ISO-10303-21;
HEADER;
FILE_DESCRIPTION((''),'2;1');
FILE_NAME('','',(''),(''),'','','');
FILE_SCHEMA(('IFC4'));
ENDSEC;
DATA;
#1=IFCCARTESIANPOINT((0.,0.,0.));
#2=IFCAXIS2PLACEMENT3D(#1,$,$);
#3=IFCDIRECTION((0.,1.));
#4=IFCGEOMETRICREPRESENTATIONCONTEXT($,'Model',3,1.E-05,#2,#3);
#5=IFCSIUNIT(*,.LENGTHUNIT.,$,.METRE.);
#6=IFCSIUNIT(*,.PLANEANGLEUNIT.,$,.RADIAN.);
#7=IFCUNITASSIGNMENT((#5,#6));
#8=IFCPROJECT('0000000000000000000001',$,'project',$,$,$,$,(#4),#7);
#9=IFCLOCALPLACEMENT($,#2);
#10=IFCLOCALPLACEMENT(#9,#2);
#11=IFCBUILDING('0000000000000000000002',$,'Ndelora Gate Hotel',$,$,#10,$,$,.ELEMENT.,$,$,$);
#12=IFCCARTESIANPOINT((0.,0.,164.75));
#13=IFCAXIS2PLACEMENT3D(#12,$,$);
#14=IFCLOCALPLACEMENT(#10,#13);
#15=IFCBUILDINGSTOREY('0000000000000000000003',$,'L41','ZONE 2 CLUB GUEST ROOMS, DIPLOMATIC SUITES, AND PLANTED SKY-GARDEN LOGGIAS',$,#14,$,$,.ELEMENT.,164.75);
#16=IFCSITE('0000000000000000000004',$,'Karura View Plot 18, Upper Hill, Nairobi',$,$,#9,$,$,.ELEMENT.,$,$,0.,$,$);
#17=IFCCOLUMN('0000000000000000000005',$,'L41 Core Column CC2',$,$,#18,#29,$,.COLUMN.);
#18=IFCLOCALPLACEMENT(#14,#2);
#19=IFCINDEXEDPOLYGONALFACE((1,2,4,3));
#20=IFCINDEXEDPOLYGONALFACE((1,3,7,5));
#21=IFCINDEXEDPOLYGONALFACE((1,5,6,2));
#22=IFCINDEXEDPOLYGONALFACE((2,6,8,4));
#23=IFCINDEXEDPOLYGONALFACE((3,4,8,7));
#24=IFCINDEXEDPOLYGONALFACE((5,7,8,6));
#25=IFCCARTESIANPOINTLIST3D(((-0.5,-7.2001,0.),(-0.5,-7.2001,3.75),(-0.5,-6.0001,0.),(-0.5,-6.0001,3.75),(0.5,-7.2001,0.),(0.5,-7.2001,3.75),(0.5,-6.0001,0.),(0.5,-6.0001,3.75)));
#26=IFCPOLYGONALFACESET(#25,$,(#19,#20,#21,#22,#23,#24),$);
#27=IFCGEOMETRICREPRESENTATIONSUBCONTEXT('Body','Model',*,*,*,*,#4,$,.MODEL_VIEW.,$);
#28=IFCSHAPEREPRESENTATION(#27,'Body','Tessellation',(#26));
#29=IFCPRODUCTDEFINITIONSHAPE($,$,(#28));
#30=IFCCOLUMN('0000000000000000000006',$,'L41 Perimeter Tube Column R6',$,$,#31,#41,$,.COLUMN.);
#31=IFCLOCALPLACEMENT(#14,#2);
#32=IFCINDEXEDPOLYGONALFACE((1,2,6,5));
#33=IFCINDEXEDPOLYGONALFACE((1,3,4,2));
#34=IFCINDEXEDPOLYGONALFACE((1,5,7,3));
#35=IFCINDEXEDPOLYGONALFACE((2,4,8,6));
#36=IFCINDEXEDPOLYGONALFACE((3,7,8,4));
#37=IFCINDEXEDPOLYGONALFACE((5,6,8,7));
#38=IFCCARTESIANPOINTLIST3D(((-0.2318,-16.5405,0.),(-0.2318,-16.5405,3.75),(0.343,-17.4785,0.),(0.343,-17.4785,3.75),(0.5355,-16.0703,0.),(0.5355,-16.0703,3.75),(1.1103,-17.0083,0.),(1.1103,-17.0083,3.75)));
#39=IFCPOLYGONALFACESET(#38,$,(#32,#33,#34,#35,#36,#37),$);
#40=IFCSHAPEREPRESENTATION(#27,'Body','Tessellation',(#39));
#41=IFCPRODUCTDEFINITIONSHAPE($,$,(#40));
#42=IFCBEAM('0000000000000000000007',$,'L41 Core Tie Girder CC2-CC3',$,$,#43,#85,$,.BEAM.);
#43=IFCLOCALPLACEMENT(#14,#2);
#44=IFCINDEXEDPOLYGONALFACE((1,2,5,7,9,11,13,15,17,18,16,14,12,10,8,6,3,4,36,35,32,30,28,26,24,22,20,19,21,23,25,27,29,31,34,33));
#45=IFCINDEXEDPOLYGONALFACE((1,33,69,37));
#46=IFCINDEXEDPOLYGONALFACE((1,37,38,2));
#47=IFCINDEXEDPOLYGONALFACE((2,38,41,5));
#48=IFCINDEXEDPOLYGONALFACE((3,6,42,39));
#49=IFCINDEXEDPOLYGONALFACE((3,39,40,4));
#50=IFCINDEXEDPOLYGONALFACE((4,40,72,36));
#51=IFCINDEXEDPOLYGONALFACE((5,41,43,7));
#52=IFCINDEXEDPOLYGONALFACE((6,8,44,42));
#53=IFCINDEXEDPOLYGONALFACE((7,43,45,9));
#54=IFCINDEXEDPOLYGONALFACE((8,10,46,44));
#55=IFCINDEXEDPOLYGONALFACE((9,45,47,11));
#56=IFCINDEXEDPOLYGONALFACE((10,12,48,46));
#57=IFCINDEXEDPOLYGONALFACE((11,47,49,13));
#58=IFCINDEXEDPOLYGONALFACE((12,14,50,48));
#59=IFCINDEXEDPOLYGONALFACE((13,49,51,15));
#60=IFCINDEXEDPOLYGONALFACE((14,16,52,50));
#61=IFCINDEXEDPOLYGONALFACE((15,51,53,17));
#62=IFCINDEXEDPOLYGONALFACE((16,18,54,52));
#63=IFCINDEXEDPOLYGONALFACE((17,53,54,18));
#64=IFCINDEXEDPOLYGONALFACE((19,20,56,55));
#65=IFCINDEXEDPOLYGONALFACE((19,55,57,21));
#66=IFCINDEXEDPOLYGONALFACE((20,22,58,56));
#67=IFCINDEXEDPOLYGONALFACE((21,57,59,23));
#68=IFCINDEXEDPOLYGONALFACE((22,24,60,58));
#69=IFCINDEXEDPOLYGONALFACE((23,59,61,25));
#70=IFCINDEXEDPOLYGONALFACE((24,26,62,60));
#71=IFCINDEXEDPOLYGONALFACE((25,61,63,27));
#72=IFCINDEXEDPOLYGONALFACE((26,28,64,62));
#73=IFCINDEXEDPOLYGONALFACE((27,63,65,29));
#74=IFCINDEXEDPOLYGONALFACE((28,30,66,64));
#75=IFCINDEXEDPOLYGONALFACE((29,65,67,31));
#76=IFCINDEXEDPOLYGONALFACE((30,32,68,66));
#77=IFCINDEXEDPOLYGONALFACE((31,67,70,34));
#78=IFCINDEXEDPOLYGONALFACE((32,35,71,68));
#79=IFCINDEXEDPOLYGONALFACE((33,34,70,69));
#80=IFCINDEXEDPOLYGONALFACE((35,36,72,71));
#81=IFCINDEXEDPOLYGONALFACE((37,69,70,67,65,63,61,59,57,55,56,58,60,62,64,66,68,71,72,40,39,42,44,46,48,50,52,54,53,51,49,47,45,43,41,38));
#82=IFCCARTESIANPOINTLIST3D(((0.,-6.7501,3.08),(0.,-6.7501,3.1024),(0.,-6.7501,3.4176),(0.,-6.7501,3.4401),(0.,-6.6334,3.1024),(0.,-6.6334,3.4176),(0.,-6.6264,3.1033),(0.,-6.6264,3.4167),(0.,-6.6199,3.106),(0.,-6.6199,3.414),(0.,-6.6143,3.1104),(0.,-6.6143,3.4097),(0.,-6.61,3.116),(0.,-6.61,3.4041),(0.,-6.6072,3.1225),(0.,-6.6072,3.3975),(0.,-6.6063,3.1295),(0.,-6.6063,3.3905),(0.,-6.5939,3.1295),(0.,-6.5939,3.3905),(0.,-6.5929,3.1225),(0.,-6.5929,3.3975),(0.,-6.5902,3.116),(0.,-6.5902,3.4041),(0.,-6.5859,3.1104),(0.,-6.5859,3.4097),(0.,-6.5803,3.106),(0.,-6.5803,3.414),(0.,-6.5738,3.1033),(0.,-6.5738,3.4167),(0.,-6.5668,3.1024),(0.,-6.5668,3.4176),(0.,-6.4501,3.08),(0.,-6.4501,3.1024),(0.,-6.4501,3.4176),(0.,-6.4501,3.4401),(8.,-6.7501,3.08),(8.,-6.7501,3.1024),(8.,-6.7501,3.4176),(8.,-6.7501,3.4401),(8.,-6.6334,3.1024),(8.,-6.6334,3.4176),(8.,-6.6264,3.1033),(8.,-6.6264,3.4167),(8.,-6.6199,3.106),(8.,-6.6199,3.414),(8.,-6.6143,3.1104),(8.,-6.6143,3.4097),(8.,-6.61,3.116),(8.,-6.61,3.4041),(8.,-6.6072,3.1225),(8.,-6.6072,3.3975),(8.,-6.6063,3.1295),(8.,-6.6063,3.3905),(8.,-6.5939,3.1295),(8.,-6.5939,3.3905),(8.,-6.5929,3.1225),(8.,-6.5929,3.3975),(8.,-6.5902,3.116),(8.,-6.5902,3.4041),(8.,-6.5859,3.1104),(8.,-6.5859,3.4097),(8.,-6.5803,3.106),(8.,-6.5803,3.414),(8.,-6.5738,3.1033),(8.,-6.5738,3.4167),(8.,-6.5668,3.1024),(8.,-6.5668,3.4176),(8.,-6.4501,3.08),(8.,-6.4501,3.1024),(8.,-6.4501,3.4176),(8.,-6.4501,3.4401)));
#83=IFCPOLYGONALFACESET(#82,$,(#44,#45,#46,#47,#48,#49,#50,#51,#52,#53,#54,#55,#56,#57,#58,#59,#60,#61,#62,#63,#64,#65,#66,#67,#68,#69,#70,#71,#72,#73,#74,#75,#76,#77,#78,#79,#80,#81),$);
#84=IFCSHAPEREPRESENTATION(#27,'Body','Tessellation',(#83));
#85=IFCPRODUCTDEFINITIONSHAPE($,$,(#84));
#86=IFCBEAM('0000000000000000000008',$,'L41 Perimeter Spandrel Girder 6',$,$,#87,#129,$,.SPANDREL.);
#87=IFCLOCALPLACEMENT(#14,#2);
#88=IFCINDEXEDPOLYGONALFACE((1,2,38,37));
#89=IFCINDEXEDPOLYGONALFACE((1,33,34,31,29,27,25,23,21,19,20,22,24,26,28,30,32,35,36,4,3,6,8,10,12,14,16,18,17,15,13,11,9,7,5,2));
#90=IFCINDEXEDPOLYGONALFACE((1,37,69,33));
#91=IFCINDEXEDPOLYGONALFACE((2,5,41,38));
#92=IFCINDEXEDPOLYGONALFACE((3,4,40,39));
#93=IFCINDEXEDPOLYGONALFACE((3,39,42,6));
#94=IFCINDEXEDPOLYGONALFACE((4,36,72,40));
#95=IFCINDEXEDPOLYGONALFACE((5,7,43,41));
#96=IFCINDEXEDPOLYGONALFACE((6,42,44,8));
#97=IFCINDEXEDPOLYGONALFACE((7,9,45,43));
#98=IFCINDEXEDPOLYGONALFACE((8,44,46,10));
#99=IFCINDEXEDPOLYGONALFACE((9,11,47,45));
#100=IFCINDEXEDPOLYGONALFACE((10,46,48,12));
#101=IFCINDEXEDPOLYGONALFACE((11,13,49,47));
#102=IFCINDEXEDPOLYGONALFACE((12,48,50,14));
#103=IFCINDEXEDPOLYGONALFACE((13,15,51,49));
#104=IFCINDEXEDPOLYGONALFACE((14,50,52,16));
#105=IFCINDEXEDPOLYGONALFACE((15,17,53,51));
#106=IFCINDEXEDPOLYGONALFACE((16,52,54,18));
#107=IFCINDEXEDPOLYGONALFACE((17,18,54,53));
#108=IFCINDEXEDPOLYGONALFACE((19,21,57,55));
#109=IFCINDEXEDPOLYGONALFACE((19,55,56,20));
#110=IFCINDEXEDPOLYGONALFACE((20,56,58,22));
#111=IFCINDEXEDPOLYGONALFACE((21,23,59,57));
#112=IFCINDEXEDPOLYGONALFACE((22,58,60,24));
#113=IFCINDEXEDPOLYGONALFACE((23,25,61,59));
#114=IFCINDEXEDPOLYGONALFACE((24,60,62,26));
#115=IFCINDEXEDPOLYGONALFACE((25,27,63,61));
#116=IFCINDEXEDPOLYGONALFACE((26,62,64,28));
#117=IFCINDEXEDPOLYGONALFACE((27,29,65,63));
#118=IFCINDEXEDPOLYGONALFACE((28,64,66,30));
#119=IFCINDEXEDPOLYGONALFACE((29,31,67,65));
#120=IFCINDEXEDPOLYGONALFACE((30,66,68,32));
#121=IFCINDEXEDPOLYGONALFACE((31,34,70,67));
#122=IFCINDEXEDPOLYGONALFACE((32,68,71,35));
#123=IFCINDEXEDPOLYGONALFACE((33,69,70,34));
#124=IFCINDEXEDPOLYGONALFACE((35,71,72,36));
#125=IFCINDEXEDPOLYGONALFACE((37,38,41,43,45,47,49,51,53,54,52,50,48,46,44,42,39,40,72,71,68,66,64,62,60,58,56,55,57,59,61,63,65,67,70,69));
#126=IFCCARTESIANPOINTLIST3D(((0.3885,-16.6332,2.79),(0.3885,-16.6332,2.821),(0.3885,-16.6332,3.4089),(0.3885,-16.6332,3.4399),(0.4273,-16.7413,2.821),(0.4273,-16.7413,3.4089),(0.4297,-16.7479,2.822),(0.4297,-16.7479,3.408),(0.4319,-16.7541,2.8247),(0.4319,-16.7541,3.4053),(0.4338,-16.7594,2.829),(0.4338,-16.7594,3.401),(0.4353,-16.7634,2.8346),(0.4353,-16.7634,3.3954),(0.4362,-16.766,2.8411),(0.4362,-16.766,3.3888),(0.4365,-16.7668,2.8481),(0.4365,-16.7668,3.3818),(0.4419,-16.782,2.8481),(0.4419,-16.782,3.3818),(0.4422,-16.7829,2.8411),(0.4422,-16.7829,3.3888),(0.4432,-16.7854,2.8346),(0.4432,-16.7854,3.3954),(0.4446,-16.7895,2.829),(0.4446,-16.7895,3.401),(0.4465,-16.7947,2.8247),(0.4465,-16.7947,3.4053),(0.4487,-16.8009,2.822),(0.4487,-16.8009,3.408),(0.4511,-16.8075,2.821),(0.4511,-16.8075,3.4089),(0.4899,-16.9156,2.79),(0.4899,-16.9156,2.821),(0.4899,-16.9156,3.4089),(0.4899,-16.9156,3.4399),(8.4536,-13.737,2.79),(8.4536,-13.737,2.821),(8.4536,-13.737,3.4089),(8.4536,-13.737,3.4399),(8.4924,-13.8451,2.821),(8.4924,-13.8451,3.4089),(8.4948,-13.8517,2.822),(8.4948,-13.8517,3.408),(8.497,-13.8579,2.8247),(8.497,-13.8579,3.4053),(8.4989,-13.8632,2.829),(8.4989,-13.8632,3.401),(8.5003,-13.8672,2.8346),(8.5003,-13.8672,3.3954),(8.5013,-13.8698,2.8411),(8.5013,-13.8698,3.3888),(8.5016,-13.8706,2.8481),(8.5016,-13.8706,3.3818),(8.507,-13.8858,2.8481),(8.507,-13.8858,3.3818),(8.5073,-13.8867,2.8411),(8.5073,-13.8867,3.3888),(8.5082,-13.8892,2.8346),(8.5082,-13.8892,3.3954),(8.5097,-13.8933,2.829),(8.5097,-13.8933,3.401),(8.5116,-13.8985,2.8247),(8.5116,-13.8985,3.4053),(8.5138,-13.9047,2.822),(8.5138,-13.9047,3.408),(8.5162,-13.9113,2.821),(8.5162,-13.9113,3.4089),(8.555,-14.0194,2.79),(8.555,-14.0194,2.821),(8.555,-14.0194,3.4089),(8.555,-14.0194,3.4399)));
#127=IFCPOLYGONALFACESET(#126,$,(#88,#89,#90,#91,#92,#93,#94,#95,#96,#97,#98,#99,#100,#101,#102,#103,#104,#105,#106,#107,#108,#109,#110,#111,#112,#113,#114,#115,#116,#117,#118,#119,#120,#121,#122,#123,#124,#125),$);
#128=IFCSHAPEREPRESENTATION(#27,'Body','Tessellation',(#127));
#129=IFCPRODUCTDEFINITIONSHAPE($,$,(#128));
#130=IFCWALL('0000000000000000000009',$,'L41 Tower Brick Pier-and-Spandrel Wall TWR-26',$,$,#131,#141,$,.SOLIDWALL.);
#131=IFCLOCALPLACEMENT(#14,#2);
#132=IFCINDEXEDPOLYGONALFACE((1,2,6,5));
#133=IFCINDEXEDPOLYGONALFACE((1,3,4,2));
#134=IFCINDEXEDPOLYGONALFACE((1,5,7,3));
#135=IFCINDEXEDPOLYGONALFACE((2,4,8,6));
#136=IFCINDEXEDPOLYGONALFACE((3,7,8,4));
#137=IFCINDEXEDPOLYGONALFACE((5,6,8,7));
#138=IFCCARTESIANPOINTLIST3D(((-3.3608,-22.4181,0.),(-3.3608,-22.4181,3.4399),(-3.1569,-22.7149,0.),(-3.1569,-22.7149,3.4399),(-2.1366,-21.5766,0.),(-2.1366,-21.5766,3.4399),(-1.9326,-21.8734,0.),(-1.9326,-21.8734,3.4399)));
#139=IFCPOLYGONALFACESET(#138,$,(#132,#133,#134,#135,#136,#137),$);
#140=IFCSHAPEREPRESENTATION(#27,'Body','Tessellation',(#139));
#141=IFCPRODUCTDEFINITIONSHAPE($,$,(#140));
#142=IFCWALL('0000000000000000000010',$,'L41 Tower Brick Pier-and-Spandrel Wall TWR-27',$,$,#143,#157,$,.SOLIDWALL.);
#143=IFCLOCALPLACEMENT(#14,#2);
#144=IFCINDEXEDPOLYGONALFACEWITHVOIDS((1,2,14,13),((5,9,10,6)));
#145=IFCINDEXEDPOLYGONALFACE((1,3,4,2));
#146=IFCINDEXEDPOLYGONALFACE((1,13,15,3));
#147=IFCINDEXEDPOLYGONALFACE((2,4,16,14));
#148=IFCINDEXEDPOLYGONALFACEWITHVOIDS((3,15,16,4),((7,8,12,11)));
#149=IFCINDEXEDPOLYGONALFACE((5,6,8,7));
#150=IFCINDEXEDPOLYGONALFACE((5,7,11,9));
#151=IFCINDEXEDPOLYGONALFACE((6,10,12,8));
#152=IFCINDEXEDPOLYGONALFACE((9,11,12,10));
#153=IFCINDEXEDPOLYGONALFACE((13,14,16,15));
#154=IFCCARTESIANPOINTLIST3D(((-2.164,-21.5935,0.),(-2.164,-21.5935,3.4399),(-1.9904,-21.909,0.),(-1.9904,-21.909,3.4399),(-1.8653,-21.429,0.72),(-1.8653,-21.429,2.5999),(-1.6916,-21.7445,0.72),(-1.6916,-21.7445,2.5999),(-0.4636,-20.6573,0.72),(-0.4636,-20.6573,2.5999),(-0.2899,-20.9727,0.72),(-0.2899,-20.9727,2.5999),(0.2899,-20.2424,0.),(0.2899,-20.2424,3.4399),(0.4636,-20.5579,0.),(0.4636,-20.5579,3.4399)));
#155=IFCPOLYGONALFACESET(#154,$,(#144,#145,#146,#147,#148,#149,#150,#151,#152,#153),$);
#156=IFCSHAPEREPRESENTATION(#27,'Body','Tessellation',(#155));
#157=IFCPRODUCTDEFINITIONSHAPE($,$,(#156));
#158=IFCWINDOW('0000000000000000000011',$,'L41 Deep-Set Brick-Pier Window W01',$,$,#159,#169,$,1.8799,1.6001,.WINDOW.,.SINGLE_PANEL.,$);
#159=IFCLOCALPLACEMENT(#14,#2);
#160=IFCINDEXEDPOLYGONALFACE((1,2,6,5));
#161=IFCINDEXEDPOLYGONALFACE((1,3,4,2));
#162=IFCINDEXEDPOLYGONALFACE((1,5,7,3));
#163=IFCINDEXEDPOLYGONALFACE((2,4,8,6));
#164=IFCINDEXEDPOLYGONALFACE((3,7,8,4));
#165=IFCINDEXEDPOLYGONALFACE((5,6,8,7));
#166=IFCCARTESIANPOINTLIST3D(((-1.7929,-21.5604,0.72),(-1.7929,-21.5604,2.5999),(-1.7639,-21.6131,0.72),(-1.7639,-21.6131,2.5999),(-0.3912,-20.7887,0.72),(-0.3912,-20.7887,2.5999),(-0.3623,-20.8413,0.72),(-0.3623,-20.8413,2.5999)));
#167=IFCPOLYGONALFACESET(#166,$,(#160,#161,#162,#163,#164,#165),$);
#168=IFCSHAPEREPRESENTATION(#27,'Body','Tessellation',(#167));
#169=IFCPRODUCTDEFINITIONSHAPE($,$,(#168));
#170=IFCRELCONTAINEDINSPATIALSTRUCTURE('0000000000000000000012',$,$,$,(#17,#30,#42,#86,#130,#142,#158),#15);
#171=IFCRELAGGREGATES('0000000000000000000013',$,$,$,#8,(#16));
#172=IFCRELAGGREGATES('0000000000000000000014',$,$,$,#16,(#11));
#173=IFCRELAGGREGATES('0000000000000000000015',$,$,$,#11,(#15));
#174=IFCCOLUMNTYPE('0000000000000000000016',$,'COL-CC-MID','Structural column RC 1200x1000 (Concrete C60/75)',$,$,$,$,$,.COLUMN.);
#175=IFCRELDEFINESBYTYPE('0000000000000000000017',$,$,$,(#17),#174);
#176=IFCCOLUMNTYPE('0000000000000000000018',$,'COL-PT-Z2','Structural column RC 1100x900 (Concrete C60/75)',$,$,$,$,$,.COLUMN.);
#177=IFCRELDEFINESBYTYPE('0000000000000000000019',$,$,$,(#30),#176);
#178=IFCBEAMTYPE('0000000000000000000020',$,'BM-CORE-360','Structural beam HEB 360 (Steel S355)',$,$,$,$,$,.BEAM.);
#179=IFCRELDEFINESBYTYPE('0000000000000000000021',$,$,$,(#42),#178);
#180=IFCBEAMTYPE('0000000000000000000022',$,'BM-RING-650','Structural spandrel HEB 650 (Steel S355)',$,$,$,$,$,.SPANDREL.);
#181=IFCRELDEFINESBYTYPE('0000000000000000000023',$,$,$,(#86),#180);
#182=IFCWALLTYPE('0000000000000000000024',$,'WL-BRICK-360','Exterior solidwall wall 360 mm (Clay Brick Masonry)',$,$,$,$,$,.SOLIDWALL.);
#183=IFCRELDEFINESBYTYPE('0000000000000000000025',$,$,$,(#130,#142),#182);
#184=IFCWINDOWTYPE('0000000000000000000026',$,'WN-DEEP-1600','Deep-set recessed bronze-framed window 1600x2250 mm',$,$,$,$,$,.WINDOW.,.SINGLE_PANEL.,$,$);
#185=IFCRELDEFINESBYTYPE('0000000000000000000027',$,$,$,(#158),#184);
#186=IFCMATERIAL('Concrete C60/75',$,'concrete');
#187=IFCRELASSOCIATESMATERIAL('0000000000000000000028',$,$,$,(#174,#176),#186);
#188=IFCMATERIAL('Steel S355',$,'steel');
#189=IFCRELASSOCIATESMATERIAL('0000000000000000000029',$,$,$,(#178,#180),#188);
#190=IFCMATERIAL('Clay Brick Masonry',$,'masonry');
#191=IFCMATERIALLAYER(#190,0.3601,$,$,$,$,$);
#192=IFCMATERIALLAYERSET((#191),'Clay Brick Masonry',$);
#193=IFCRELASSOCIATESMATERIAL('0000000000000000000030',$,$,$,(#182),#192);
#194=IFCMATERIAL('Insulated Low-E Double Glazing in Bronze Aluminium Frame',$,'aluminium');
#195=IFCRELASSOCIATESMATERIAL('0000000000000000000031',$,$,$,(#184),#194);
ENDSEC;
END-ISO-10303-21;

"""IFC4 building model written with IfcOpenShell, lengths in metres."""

from ifc_helpers import new_model, si_unit, direction, frame, frame_2d, origin, origin_2d, place, context, subcontext, project, spatial, rectangle, i_section, extrude, material, layer, layer_set, material_profile, profile_set, type_object, element, fill, save


model = new_model("IFC4")

# Units and contexts
model_context = context("Model", 3, precision=1e-05, world=origin(), true_north=direction((0.0, 1.0)))
body_context = subcontext(model_context, "Body", "Model", "MODEL_VIEW")
ifc_project = project(units=[si_unit("LENGTHUNIT", "METRE"), si_unit("PLANEANGLEUNIT", "RADIAN")], contexts=[model_context])

# Site, building, storey
site_placement = place(None, origin())
site = spatial("IfcSite", under=ifc_project, at=site_placement, Name="Karura View Plot 18, Upper Hill, Nairobi", CompositionType="ELEMENT", RefElevation=0.0)
building_placement = place(site_placement, origin())
building = spatial("IfcBuilding", under=site, at=building_placement, Name="Ndelora Gate Hotel", CompositionType="ELEMENT")
storey_placement = place(building_placement, frame((0.0, 0.0, 164.75)))
storey = spatial("IfcBuildingStorey", under=building, at=storey_placement, Name="L41", Description="ZONE 2 CLUB GUEST ROOMS, DIPLOMATIC SUITES, AND PLANTED SKY-GARDEN LOGGIAS", CompositionType="ELEMENT", Elevation=164.75)

# Columns
ifc_material_1 = material(Name="Concrete C60/75", Category="concrete")
ifc_material_profile_1 = material_profile(ifc_material_1, rectangle(XDim=1.0, YDim=1.2, at=origin_2d()), Name="RC 1200x1000")
ifc_profile_set_1 = profile_set([ifc_material_profile_1], Name="Concrete C60/75")
column_type_1 = type_object("IfcColumnType", Name="COL-CC-MID", Description="Structural column RC 1200x1000 (Concrete C60/75)", PredefinedType="COLUMN", material=ifc_profile_set_1)
column_1_placement = place(storey_placement, frame((0.0, -6.6001, 0.0), z_axis=(0.0, 0.0, 1.0), x_axis=(1.0, 0.0, 0.0)))
element("IfcColumn", 1, at=column_1_placement, inside=storey, type_object=column_type_1, Name="L41 Core Column CC2", PredefinedType="COLUMN", context=body_context, shape_type="SweptSolid", body=[
    extrude(rectangle(XDim=1.0, YDim=1.2, at=origin_2d()), origin(), (0.0, 0.0, 1.0), 3.75),
])
ifc_material_profile_2 = material_profile(ifc_material_1, rectangle(XDim=0.8999, YDim=1.1001, at=origin_2d()), Name="RC 1100x900")
ifc_profile_set_2 = profile_set([ifc_material_profile_2], Name="Concrete C60/75")
column_type_2 = type_object("IfcColumnType", Name="COL-PT-Z2", Description="Structural column RC 1100x900 (Concrete C60/75)", PredefinedType="COLUMN", material=ifc_profile_set_2)
column_2_placement = place(storey_placement, frame((0.4392, -16.7744, 0.0), z_axis=(0.0, 0.0, 1.0), x_axis=(0.85264, 0.522499, 0.0)))
element("IfcColumn", 2, at=column_2_placement, inside=storey, type_object=column_type_2, Name="L41 Perimeter Tube Column R6", PredefinedType="COLUMN", context=body_context, shape_type="SweptSolid", body=[
    extrude(rectangle(XDim=0.8999, YDim=1.1001, at=origin_2d()), origin(), (0.0, 0.0, 1.0), 3.75),
])

# Beams
ifc_material_2 = material(Name="Steel S355", Category="steel")
ifc_material_profile_3 = material_profile(ifc_material_2, i_section(OverallWidth=0.3, OverallDepth=0.3601, WebThickness=0.0125, FlangeThickness=0.0225, FilletRadius=0.0271, at=origin_2d()), Name="HEB 360")
ifc_profile_set_3 = profile_set([ifc_material_profile_3], Name="Steel S355")
beam_type_1 = type_object("IfcBeamType", Name="BM-CORE-360", Description="Structural beam HEB 360 (Steel S355)", PredefinedType="BEAM", material=ifc_profile_set_3)
beam_1_placement = place(storey_placement, frame((0.0, -6.6001, 3.26), z_axis=(1.0, 0.0, 0.0), x_axis=(0.0, 1.0, 0.0)))
element("IfcBeam", 3, at=beam_1_placement, inside=storey, type_object=beam_type_1, Name="L41 Core Tie Girder CC2-CC3", PredefinedType="BEAM", context=body_context, shape_type="SweptSolid", body=[
    extrude(i_section(OverallWidth=0.3, OverallDepth=0.3601, WebThickness=0.0125, FlangeThickness=0.0225, FilletRadius=0.0271, at=origin_2d()), origin(), (0.0, 0.0, 1.0), 8.0),
])
ifc_material_profile_4 = material_profile(ifc_material_2, i_section(OverallWidth=0.3, OverallDepth=0.6499, WebThickness=0.0161, FlangeThickness=0.031, FilletRadius=0.0271, at=origin_2d()), Name="HEB 650")
ifc_profile_set_4 = profile_set([ifc_material_profile_4], Name="Steel S355")
beam_type_2 = type_object("IfcBeamType", Name="BM-RING-650", Description="Structural spandrel HEB 650 (Steel S355)", PredefinedType="SPANDREL", material=ifc_profile_set_4)
beam_2_placement = place(storey_placement, frame((0.4392, -16.7744, 3.115), z_axis=(0.941156, 0.337973, 0.0), x_axis=(-0.337973, 0.941156, 0.0)))
element("IfcBeam", 4, at=beam_2_placement, inside=storey, type_object=beam_type_2, Name="L41 Perimeter Spandrel Girder 6", PredefinedType="SPANDREL", context=body_context, shape_type="SweptSolid", body=[
    extrude(i_section(OverallWidth=0.3, OverallDepth=0.6499, WebThickness=0.0161, FlangeThickness=0.031, FilletRadius=0.0271, at=origin_2d()), origin(), (0.0, 0.0, 1.0), 8.5693),
])

# Wall
ifc_material_3 = material(Name="Clay Brick Masonry", Category="masonry")
ifc_layer_1 = layer(ifc_material_3, 0.3601)
ifc_layer_set_1 = layer_set([ifc_layer_1], Name="Clay Brick Masonry")
wall_type_1 = type_object("IfcWallType", Name="WL-BRICK-360", Description="Exterior solidwall wall 360 mm (Clay Brick Masonry)", PredefinedType="SOLIDWALL", material=ifc_layer_set_1)
wall_1_placement = place(storey_placement, frame((-2.0347, -21.7251, 0.0), z_axis=(0.0, 0.0, 1.0), x_axis=(-0.824104, -0.566438, 0.0)))
element("IfcWall", 5, at=wall_1_placement, inside=storey, type_object=wall_type_1, Name="L41 Tower Brick Pier-and-Spandrel Wall TWR-26", PredefinedType="SOLIDWALL", context=body_context, shape_type="SweptSolid", body=[
    extrude(rectangle(XDim=1.4856, YDim=0.3601, at=frame_2d((0.7427, 0.0))), origin(), (0.0, 0.0, 1.0), 3.4399),
])

# Wall, opening, window
wall_2_placement = place(storey_placement, frame((0.3767, -20.4001, 0.0), z_axis=(0.0, 0.0, 1.0), x_axis=(-0.875997, -0.482317, 0.0)))
wall_2 = element("IfcWall", 6, at=wall_2_placement, inside=storey, type_object=wall_type_1, Name="L41 Tower Brick Pier-and-Spandrel Wall TWR-27", PredefinedType="SOLIDWALL", context=body_context, shape_type="SweptSolid", body=[
    extrude(rectangle(XDim=2.8013, YDim=0.3601, at=frame_2d((1.4006, 0.0))), origin(), (0.0, 0.0, 1.0), 3.4399),
])
opening_1_placement = place(wall_2_placement, frame((0.8601, 0.0, 0.72)))
opening_1 = element("IfcOpeningElement", 7, at=opening_1_placement, cuts=wall_2, PredefinedType="OPENING", context=body_context, shape_type="SweptSolid", body=[
    extrude(rectangle(XDim=1.6001, YDim=1.8799, at=frame_2d((0.8, 0.9399))), frame((0.0, 0.1899, 0.0), z_axis=(0.0, -1.0, 0.0), x_axis=(1.0, 0.0, 0.0)), (0.0, 0.0, 1.0), 0.3801),
])
ifc_material_4 = material(Name="Insulated Low-E Double Glazing in Bronze Aluminium Frame", Category="aluminium")
window_type_1 = type_object("IfcWindowType", Name="WN-DEEP-1600", Description="Deep-set recessed bronze-framed window 1600x2250 mm", PartitioningType="SINGLE_PANEL", PredefinedType="WINDOW", material=ifc_material_4)
window_1_placement = place(opening_1_placement, origin())
window_1 = element("IfcWindow", 8, at=window_1_placement, inside=storey, type_object=window_type_1, Name="L41 Deep-Set Brick-Pier Window W01", OverallHeight=1.8799, OverallWidth=1.6001, PartitioningType="SINGLE_PANEL", PredefinedType="WINDOW", context=body_context, shape_type="SweptSolid", body=[
    extrude(rectangle(XDim=1.6001, YDim=1.8799, at=frame_2d((0.8, 0.9399))), frame((0.0, 0.03, 0.0), z_axis=(0.0, -1.0, 0.0), x_axis=(1.0, 0.0, 0.0)), (0.0, 0.0, 1.0), 0.0601),
])
fill(opening_1, window_1)

save(model, "model.ifc")
